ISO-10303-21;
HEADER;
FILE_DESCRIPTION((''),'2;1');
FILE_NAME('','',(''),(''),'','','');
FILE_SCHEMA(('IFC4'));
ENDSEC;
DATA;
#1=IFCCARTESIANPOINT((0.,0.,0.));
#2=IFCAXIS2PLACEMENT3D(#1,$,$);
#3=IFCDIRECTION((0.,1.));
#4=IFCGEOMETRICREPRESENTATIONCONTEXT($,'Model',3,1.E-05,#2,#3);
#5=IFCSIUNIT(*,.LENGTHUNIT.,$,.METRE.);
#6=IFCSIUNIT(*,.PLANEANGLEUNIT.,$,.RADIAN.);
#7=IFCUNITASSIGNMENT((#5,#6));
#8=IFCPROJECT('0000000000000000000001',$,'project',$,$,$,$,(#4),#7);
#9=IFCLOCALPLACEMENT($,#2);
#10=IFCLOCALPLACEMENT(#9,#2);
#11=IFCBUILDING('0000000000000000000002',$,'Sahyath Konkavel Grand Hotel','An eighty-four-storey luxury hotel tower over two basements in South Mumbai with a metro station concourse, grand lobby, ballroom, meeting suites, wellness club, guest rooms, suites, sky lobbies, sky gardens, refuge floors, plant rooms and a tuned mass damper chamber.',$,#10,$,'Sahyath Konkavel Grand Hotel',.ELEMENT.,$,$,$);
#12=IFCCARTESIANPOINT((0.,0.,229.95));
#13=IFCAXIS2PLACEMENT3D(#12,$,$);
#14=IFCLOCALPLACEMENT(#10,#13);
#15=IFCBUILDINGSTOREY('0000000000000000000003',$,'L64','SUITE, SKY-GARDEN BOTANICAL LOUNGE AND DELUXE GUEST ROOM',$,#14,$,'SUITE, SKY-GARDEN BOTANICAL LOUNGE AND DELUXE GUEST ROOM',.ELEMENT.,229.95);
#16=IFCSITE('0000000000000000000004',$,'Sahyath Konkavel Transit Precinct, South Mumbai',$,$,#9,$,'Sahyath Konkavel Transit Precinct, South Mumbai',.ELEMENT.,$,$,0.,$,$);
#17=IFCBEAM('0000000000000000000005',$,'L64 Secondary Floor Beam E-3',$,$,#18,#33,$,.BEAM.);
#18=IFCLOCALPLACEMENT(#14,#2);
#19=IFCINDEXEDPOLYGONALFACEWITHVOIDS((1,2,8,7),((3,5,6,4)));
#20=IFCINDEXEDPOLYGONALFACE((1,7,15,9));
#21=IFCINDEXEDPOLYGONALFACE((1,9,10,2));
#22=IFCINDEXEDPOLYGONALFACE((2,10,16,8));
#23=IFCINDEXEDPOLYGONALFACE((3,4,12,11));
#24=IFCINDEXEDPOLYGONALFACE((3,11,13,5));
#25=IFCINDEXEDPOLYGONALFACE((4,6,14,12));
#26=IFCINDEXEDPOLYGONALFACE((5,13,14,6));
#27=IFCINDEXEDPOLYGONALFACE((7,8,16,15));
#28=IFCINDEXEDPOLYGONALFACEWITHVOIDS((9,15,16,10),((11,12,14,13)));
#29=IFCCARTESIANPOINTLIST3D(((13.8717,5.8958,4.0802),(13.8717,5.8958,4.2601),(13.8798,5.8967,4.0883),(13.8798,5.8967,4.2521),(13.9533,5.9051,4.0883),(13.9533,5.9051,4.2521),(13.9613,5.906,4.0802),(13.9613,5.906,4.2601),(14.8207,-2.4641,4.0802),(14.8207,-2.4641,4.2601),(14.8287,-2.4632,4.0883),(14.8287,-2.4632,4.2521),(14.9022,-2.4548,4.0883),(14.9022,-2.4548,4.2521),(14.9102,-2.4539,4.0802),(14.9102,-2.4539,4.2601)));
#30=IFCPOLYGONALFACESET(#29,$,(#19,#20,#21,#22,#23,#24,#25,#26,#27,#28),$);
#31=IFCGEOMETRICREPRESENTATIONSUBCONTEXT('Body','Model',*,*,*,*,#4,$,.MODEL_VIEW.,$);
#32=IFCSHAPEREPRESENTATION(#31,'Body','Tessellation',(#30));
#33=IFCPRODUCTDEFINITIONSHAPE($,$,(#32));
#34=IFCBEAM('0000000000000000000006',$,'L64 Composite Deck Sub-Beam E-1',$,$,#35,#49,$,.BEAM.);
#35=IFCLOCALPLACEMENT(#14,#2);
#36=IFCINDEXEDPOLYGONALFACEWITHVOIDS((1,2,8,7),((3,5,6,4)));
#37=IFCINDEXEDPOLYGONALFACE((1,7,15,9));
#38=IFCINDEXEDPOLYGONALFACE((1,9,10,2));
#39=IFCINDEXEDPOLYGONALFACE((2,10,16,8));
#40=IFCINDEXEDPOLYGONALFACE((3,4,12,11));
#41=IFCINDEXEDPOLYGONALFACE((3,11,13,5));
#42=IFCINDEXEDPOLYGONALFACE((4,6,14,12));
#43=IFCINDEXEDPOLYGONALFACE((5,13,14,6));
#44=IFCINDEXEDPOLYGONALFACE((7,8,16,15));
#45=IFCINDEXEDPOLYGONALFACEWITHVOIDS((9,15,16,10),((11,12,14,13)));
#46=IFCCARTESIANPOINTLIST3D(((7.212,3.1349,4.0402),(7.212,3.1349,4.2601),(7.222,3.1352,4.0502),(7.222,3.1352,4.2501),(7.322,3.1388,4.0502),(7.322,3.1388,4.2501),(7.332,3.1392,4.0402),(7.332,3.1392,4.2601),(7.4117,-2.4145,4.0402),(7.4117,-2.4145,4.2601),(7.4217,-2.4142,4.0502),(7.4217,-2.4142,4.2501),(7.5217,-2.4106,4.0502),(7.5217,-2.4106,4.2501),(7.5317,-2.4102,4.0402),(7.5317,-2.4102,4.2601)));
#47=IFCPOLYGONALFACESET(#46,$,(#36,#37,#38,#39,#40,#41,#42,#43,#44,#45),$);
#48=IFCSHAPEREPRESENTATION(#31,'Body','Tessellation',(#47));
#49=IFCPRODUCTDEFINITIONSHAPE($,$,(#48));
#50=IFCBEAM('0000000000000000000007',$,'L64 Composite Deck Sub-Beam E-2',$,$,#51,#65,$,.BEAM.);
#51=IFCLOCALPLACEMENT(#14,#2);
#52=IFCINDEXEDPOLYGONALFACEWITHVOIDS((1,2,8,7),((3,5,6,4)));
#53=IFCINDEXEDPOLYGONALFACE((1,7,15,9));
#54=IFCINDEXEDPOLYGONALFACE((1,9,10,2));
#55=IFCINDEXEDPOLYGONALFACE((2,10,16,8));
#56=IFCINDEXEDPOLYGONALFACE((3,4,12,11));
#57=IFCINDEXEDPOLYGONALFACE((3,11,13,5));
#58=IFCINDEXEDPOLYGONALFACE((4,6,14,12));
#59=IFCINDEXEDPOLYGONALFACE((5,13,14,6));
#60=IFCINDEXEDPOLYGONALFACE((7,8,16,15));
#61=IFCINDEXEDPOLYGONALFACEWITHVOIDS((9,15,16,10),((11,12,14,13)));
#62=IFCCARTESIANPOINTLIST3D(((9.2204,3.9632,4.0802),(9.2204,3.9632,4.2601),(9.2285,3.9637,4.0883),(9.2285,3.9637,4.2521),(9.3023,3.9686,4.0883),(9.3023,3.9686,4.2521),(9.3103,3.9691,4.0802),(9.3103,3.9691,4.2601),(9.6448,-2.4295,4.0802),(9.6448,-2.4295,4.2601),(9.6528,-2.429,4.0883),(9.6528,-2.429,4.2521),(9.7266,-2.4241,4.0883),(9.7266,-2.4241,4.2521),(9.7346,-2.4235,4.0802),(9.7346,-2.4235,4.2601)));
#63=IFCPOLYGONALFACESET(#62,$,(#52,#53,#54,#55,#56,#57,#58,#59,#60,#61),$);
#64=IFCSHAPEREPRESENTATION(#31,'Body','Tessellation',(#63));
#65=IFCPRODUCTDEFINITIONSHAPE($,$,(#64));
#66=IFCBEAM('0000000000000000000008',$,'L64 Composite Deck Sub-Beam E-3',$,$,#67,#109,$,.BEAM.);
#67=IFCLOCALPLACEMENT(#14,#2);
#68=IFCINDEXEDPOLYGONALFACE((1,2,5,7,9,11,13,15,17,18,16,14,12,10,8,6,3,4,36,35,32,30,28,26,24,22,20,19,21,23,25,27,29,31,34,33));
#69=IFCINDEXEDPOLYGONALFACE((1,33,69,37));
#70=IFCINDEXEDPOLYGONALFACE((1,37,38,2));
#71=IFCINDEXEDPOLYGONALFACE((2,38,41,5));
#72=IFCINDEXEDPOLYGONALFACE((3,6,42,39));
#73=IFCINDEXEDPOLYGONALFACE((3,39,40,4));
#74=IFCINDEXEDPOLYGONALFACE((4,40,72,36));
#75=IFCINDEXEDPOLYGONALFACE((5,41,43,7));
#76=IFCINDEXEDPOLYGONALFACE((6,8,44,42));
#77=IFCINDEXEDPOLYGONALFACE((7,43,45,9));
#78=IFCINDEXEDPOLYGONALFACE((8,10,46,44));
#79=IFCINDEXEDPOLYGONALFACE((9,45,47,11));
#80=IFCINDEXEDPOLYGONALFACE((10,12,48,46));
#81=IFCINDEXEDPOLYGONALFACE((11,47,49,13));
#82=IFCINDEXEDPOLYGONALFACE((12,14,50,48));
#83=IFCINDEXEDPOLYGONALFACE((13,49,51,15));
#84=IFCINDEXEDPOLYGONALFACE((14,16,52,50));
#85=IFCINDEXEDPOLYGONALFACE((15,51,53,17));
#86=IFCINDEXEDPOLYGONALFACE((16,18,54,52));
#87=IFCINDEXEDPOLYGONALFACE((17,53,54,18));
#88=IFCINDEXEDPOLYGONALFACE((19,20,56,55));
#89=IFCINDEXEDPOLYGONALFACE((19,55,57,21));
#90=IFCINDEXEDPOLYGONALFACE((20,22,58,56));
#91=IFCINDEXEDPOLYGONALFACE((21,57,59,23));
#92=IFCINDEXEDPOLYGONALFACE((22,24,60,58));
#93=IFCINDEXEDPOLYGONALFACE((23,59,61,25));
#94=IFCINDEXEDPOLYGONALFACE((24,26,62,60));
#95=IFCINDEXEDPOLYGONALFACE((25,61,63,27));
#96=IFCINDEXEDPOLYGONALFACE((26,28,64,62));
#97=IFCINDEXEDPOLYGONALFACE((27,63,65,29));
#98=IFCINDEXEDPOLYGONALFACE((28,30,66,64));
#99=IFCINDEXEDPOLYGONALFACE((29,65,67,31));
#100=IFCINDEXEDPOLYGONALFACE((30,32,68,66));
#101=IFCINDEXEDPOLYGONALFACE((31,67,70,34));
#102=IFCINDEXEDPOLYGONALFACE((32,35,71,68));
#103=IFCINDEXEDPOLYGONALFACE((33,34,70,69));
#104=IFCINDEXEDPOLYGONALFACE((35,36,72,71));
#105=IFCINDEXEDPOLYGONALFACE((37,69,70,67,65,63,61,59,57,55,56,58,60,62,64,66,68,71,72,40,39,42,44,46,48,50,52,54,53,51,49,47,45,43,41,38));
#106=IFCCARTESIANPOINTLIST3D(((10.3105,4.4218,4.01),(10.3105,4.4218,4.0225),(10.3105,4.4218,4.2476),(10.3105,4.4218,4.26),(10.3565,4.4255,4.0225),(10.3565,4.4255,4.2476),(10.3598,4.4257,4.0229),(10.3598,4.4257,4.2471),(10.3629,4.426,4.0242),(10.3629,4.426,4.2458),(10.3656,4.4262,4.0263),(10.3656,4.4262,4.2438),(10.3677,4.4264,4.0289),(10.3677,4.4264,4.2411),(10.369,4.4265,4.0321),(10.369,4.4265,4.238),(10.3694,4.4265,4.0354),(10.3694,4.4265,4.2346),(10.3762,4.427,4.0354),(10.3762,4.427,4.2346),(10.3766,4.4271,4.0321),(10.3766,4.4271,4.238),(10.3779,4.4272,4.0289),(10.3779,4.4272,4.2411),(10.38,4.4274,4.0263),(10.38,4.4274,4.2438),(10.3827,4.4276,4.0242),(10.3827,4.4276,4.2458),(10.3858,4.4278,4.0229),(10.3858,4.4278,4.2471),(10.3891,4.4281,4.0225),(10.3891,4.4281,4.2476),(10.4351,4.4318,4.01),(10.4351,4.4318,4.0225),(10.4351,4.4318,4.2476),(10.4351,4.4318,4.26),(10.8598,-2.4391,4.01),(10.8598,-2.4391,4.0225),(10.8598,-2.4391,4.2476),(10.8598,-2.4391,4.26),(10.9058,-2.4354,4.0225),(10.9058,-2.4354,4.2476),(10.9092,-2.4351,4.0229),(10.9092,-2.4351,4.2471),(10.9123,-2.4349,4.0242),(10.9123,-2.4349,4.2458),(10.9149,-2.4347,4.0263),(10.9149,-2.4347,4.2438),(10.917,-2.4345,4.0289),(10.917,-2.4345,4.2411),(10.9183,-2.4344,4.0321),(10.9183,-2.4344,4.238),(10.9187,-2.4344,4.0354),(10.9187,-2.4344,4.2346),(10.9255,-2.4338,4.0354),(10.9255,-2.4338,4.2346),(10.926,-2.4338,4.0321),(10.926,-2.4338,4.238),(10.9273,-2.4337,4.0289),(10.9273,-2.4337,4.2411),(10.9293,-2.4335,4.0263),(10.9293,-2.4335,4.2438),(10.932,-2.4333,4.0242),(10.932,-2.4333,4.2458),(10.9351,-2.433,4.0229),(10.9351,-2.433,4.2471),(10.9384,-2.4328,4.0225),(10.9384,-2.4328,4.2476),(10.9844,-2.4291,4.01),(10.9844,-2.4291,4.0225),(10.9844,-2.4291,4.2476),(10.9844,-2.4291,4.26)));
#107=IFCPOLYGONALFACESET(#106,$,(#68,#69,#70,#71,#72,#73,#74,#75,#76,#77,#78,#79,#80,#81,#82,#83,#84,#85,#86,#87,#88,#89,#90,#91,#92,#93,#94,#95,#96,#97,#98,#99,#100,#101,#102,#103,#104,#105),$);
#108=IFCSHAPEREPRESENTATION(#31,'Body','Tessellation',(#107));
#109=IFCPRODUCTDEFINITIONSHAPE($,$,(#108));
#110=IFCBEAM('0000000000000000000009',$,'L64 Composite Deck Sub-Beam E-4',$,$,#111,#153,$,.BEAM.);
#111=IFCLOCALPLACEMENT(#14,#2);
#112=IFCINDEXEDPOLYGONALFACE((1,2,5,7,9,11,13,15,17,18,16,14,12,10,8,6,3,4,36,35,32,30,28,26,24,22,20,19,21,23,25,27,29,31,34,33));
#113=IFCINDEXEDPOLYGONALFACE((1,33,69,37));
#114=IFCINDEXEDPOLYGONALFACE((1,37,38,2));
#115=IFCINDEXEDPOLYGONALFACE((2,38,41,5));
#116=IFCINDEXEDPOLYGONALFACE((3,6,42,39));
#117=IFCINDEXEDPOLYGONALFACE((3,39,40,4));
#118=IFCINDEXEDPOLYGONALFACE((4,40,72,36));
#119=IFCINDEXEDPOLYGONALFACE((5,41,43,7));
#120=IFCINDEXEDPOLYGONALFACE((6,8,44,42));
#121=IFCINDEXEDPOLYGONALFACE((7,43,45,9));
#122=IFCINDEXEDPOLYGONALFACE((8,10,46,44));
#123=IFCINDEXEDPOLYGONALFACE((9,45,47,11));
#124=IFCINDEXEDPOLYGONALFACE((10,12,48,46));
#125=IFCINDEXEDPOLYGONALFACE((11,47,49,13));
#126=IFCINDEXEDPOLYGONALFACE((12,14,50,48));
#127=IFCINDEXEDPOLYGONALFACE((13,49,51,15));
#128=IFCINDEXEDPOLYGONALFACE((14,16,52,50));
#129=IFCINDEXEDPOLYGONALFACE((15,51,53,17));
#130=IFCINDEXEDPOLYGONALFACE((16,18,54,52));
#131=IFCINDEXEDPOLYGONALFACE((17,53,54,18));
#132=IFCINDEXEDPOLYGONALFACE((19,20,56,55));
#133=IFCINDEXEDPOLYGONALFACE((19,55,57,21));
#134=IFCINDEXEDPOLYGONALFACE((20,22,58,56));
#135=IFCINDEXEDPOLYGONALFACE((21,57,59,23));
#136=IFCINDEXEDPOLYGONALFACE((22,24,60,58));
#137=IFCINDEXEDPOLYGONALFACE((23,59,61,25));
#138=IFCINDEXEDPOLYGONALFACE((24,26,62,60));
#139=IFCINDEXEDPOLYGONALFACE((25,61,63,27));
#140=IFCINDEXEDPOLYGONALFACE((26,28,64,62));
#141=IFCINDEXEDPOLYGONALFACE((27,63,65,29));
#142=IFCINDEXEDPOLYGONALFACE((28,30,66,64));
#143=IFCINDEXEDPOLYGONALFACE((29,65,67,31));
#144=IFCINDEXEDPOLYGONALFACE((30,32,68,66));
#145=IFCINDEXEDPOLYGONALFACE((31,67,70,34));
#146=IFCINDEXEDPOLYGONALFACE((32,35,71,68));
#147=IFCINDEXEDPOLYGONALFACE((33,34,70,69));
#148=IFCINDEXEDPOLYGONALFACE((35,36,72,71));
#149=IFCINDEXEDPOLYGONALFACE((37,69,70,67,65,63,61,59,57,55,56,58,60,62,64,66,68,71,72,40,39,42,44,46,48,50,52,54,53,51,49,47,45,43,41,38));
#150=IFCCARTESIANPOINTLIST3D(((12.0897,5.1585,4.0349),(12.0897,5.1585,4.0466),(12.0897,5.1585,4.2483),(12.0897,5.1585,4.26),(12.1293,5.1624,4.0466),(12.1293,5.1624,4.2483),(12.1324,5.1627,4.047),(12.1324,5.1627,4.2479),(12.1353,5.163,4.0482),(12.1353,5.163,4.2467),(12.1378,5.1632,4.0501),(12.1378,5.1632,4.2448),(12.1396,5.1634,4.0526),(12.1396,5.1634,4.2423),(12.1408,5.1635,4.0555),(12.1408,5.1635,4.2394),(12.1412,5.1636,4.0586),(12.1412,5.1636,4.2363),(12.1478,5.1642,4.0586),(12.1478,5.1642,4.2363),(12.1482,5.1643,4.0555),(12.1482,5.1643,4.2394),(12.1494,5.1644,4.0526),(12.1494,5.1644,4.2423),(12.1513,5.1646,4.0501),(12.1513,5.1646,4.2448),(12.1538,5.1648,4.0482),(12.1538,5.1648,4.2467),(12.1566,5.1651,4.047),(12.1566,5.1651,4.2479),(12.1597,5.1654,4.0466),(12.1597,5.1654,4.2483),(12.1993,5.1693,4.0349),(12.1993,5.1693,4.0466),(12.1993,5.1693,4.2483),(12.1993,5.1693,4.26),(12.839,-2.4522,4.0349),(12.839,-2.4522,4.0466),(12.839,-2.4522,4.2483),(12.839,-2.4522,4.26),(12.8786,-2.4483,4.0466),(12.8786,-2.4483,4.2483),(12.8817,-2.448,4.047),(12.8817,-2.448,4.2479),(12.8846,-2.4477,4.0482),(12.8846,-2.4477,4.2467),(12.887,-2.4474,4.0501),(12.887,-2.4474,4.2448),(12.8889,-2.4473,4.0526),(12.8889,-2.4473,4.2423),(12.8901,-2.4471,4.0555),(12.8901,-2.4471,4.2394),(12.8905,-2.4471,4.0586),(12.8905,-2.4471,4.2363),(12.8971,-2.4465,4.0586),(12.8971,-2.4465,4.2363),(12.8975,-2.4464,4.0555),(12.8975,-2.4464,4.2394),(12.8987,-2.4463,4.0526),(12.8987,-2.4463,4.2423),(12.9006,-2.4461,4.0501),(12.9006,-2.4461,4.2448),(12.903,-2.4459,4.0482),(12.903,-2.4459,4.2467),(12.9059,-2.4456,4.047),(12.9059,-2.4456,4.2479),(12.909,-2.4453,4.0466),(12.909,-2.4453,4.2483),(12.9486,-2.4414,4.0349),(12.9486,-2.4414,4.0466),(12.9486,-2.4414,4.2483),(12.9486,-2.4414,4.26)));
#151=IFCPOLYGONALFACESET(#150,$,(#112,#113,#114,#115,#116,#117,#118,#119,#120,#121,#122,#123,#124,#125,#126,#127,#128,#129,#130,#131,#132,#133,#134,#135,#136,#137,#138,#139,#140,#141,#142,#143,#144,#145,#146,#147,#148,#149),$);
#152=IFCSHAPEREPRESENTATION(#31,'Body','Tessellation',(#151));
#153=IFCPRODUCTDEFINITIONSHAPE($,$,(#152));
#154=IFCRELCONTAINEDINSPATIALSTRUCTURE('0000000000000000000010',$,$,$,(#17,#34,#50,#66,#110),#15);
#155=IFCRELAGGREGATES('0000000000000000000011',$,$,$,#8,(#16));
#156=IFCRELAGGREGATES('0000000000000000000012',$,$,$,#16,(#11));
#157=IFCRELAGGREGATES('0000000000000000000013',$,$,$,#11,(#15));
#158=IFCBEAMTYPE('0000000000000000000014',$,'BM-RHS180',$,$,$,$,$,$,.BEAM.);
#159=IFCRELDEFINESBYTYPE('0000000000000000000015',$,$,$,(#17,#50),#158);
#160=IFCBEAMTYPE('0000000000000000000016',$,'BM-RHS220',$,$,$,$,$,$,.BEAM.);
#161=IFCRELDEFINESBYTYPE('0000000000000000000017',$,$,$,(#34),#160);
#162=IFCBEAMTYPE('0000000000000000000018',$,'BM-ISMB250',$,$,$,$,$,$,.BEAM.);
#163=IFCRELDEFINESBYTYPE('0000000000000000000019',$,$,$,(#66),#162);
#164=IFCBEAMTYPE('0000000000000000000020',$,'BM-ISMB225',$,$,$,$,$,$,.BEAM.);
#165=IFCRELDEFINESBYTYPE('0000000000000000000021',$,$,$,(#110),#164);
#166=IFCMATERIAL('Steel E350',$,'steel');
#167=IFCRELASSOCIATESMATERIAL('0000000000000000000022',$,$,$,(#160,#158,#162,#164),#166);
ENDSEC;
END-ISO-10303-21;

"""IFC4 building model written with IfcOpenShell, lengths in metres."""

from ifc_helpers import new_model, si_unit, direction, frame, origin, origin_2d, place, context, subcontext, project, spatial, hollow_rectangle, i_section, extrude, source, transform, mapped, material, material_profile, profile_set, type_object, element, save


model = new_model("IFC4")

# Units and contexts
model_context = context("Model", 3, precision=1e-05, world=origin(), true_north=direction((0.0, 1.0)))
body_context = subcontext(model_context, "Body", "Model", "MODEL_VIEW")
ifc_project = project(units=[si_unit("LENGTHUNIT", "METRE"), si_unit("PLANEANGLEUNIT", "RADIAN")], contexts=[model_context])

# Site, building, storey
site_placement = place(None, origin())
site = spatial("IfcSite", under=ifc_project, at=site_placement, Name="Sahyath Konkavel Transit Precinct, South Mumbai", LongName="Sahyath Konkavel Transit Precinct, South Mumbai", CompositionType="ELEMENT", RefElevation=0.0)
building_placement = place(site_placement, origin())
building = spatial("IfcBuilding", under=site, at=building_placement, Name="Sahyath Konkavel Grand Hotel", Description="An eighty-four-storey luxury hotel tower over two basements in South Mumbai with a metro station concourse, grand lobby, ballroom, meeting suites, wellness club, guest rooms, suites, sky lobbies, sky gardens, refuge floors, plant rooms and a tuned mass damper chamber.", LongName="Sahyath Konkavel Grand Hotel", CompositionType="ELEMENT")
storey_placement = place(building_placement, frame((0.0, 0.0, 229.95)))
storey = spatial("IfcBuildingStorey", under=building, at=storey_placement, Name="L64", Description="SUITE, SKY-GARDEN BOTANICAL LOUNGE AND DELUXE GUEST ROOM", LongName="SUITE, SKY-GARDEN BOTANICAL LOUNGE AND DELUXE GUEST ROOM", CompositionType="ELEMENT", Elevation=229.95)

# Beams
ifc_material_1 = material(Name="Steel E350", Category="steel")
ifc_material_profile_1 = material_profile(ifc_material_1, hollow_rectangle(XDim=0.1201, YDim=0.22, WallThickness=0.01, at=origin_2d()), Name="RHS 220x120x10")
ifc_profile_set_1 = profile_set([ifc_material_profile_1], Name="Steel E350")
beam_type_1 = type_object("IfcBeamType", Name="BM-RHS220", PredefinedType="BEAM", material=ifc_profile_set_1)
ifc_material_profile_2 = material_profile(ifc_material_1, hollow_rectangle(XDim=0.0901, YDim=0.1799, WallThickness=0.0081, at=origin_2d()), Name="RHS 180x90x8")
ifc_profile_set_2 = profile_set([ifc_material_profile_2], Name="Steel E350")
beam_type_2 = type_object("IfcBeamType", Name="BM-RHS180", PredefinedType="BEAM", material=ifc_profile_set_2)
shared_shape_1 = source(origin(), body_context, "Body", "SweptSolid", [
    extrude(hollow_rectangle(XDim=0.0901, YDim=0.1799, WallThickness=0.0081, at=origin_2d()), origin(), (0.0, 0.0, 1.0), 8.4136),
])
beam_1_placement = place(storey_placement, frame((14.8655, -2.459, 4.1702), z_axis=(-0.112791, 0.993619, 0.0), x_axis=(-0.993619, -0.112791, 0.0)))
element("IfcBeam", 1, at=beam_1_placement, inside=storey, type_object=beam_type_2, Name="L64 Secondary Floor Beam E-3", PredefinedType="BEAM", context=body_context, shape_type="MappedRepresentation", body=[
    mapped(shared_shape_1, transform((0.0, 0.0, 0.0), scale=1.0)),
])
shared_shape_2 = source(origin(), body_context, "Body", "SweptSolid", [
    extrude(hollow_rectangle(XDim=0.1201, YDim=0.22, WallThickness=0.01, at=origin_2d()), origin(), (0.0, 0.0, 1.0), 5.553),
])
beam_2_placement = place(storey_placement, frame((7.4717, -2.4124, 4.1501), z_axis=(-0.035964, 0.999353, 0.0), x_axis=(-0.999353, -0.035964, 0.0)))
element("IfcBeam", 2, at=beam_2_placement, inside=storey, type_object=beam_type_1, Name="L64 Composite Deck Sub-Beam E-1", PredefinedType="BEAM", context=body_context, shape_type="MappedRepresentation", body=[
    mapped(shared_shape_2, transform((0.0, 0.0, 0.0), scale=1.0)),
])
shared_shape_3 = source(origin(), body_context, "Body", "SweptSolid", [
    extrude(hollow_rectangle(XDim=0.0901, YDim=0.1799, WallThickness=0.0081, at=origin_2d()), origin(), (0.0, 0.0, 1.0), 6.4067),
])
beam_3_placement = place(storey_placement, frame((9.6897, -2.4265, 4.1702), z_axis=(-0.066231, 0.997804, 0.0), x_axis=(-0.997804, -0.066231, 0.0)))
element("IfcBeam", 3, at=beam_3_placement, inside=storey, type_object=beam_type_2, Name="L64 Composite Deck Sub-Beam E-2", PredefinedType="BEAM", context=body_context, shape_type="MappedRepresentation", body=[
    mapped(shared_shape_3, transform((0.0, 0.0, 0.0), scale=1.0)),
])
ifc_material_profile_3 = material_profile(ifc_material_1, i_section(OverallWidth=0.125, OverallDepth=0.25, WebThickness=0.0068, FlangeThickness=0.0125, FilletRadius=0.0129, at=origin_2d()), Name="ISMB 250")
ifc_profile_set_3 = profile_set([ifc_material_profile_3], Name="Steel E350")
beam_type_3 = type_object("IfcBeamType", Name="BM-ISMB250", PredefinedType="BEAM", material=ifc_profile_set_3)
shared_shape_4 = source(origin(), body_context, "Body", "SweptSolid", [
    extrude(i_section(OverallWidth=0.125, OverallDepth=0.25, WebThickness=0.0068, FlangeThickness=0.0125, FilletRadius=0.0129, at=origin_2d()), origin(), (0.0, 0.0, 1.0), 6.8828),
])
beam_4_placement = place(storey_placement, frame((10.9221, -2.4341, 4.135), z_axis=(-0.07981, 0.99681, 0.0), x_axis=(-0.99681, -0.07981, 0.0)))
element("IfcBeam", 4, at=beam_4_placement, inside=storey, type_object=beam_type_3, Name="L64 Composite Deck Sub-Beam E-3", PredefinedType="BEAM", context=body_context, shape_type="MappedRepresentation", body=[
    mapped(shared_shape_4, transform((0.0, 0.0, 0.0), scale=1.0)),
])
ifc_material_profile_4 = material_profile(ifc_material_1, i_section(OverallWidth=0.1101, OverallDepth=0.2251, WebThickness=0.0066, FlangeThickness=0.0117, FilletRadius=0.012, at=origin_2d()), Name="ISMB 225")
ifc_profile_set_4 = profile_set([ifc_material_profile_4], Name="Steel E350")
beam_type_4 = type_object("IfcBeamType", Name="BM-ISMB225", PredefinedType="BEAM", material=ifc_profile_set_4)
shared_shape_5 = source(origin(), body_context, "Body", "SweptSolid", [
    extrude(i_section(OverallWidth=0.1101, OverallDepth=0.2251, WebThickness=0.0066, FlangeThickness=0.0117, FilletRadius=0.012, at=origin_2d()), origin(), (0.0, 0.0, 1.0), 7.6475),
])
beam_5_placement = place(storey_placement, frame((12.8938, -2.4468, 4.1475), z_axis=(-0.097977, 0.995189, 0.0), x_axis=(-0.995189, -0.097977, 0.0)))
element("IfcBeam", 5, at=beam_5_placement, inside=storey, type_object=beam_type_4, Name="L64 Composite Deck Sub-Beam E-4", PredefinedType="BEAM", context=body_context, shape_type="MappedRepresentation", body=[
    mapped(shared_shape_5, transform((0.0, 0.0, 0.0), scale=1.0)),
])

save(model, "model.ifc")
